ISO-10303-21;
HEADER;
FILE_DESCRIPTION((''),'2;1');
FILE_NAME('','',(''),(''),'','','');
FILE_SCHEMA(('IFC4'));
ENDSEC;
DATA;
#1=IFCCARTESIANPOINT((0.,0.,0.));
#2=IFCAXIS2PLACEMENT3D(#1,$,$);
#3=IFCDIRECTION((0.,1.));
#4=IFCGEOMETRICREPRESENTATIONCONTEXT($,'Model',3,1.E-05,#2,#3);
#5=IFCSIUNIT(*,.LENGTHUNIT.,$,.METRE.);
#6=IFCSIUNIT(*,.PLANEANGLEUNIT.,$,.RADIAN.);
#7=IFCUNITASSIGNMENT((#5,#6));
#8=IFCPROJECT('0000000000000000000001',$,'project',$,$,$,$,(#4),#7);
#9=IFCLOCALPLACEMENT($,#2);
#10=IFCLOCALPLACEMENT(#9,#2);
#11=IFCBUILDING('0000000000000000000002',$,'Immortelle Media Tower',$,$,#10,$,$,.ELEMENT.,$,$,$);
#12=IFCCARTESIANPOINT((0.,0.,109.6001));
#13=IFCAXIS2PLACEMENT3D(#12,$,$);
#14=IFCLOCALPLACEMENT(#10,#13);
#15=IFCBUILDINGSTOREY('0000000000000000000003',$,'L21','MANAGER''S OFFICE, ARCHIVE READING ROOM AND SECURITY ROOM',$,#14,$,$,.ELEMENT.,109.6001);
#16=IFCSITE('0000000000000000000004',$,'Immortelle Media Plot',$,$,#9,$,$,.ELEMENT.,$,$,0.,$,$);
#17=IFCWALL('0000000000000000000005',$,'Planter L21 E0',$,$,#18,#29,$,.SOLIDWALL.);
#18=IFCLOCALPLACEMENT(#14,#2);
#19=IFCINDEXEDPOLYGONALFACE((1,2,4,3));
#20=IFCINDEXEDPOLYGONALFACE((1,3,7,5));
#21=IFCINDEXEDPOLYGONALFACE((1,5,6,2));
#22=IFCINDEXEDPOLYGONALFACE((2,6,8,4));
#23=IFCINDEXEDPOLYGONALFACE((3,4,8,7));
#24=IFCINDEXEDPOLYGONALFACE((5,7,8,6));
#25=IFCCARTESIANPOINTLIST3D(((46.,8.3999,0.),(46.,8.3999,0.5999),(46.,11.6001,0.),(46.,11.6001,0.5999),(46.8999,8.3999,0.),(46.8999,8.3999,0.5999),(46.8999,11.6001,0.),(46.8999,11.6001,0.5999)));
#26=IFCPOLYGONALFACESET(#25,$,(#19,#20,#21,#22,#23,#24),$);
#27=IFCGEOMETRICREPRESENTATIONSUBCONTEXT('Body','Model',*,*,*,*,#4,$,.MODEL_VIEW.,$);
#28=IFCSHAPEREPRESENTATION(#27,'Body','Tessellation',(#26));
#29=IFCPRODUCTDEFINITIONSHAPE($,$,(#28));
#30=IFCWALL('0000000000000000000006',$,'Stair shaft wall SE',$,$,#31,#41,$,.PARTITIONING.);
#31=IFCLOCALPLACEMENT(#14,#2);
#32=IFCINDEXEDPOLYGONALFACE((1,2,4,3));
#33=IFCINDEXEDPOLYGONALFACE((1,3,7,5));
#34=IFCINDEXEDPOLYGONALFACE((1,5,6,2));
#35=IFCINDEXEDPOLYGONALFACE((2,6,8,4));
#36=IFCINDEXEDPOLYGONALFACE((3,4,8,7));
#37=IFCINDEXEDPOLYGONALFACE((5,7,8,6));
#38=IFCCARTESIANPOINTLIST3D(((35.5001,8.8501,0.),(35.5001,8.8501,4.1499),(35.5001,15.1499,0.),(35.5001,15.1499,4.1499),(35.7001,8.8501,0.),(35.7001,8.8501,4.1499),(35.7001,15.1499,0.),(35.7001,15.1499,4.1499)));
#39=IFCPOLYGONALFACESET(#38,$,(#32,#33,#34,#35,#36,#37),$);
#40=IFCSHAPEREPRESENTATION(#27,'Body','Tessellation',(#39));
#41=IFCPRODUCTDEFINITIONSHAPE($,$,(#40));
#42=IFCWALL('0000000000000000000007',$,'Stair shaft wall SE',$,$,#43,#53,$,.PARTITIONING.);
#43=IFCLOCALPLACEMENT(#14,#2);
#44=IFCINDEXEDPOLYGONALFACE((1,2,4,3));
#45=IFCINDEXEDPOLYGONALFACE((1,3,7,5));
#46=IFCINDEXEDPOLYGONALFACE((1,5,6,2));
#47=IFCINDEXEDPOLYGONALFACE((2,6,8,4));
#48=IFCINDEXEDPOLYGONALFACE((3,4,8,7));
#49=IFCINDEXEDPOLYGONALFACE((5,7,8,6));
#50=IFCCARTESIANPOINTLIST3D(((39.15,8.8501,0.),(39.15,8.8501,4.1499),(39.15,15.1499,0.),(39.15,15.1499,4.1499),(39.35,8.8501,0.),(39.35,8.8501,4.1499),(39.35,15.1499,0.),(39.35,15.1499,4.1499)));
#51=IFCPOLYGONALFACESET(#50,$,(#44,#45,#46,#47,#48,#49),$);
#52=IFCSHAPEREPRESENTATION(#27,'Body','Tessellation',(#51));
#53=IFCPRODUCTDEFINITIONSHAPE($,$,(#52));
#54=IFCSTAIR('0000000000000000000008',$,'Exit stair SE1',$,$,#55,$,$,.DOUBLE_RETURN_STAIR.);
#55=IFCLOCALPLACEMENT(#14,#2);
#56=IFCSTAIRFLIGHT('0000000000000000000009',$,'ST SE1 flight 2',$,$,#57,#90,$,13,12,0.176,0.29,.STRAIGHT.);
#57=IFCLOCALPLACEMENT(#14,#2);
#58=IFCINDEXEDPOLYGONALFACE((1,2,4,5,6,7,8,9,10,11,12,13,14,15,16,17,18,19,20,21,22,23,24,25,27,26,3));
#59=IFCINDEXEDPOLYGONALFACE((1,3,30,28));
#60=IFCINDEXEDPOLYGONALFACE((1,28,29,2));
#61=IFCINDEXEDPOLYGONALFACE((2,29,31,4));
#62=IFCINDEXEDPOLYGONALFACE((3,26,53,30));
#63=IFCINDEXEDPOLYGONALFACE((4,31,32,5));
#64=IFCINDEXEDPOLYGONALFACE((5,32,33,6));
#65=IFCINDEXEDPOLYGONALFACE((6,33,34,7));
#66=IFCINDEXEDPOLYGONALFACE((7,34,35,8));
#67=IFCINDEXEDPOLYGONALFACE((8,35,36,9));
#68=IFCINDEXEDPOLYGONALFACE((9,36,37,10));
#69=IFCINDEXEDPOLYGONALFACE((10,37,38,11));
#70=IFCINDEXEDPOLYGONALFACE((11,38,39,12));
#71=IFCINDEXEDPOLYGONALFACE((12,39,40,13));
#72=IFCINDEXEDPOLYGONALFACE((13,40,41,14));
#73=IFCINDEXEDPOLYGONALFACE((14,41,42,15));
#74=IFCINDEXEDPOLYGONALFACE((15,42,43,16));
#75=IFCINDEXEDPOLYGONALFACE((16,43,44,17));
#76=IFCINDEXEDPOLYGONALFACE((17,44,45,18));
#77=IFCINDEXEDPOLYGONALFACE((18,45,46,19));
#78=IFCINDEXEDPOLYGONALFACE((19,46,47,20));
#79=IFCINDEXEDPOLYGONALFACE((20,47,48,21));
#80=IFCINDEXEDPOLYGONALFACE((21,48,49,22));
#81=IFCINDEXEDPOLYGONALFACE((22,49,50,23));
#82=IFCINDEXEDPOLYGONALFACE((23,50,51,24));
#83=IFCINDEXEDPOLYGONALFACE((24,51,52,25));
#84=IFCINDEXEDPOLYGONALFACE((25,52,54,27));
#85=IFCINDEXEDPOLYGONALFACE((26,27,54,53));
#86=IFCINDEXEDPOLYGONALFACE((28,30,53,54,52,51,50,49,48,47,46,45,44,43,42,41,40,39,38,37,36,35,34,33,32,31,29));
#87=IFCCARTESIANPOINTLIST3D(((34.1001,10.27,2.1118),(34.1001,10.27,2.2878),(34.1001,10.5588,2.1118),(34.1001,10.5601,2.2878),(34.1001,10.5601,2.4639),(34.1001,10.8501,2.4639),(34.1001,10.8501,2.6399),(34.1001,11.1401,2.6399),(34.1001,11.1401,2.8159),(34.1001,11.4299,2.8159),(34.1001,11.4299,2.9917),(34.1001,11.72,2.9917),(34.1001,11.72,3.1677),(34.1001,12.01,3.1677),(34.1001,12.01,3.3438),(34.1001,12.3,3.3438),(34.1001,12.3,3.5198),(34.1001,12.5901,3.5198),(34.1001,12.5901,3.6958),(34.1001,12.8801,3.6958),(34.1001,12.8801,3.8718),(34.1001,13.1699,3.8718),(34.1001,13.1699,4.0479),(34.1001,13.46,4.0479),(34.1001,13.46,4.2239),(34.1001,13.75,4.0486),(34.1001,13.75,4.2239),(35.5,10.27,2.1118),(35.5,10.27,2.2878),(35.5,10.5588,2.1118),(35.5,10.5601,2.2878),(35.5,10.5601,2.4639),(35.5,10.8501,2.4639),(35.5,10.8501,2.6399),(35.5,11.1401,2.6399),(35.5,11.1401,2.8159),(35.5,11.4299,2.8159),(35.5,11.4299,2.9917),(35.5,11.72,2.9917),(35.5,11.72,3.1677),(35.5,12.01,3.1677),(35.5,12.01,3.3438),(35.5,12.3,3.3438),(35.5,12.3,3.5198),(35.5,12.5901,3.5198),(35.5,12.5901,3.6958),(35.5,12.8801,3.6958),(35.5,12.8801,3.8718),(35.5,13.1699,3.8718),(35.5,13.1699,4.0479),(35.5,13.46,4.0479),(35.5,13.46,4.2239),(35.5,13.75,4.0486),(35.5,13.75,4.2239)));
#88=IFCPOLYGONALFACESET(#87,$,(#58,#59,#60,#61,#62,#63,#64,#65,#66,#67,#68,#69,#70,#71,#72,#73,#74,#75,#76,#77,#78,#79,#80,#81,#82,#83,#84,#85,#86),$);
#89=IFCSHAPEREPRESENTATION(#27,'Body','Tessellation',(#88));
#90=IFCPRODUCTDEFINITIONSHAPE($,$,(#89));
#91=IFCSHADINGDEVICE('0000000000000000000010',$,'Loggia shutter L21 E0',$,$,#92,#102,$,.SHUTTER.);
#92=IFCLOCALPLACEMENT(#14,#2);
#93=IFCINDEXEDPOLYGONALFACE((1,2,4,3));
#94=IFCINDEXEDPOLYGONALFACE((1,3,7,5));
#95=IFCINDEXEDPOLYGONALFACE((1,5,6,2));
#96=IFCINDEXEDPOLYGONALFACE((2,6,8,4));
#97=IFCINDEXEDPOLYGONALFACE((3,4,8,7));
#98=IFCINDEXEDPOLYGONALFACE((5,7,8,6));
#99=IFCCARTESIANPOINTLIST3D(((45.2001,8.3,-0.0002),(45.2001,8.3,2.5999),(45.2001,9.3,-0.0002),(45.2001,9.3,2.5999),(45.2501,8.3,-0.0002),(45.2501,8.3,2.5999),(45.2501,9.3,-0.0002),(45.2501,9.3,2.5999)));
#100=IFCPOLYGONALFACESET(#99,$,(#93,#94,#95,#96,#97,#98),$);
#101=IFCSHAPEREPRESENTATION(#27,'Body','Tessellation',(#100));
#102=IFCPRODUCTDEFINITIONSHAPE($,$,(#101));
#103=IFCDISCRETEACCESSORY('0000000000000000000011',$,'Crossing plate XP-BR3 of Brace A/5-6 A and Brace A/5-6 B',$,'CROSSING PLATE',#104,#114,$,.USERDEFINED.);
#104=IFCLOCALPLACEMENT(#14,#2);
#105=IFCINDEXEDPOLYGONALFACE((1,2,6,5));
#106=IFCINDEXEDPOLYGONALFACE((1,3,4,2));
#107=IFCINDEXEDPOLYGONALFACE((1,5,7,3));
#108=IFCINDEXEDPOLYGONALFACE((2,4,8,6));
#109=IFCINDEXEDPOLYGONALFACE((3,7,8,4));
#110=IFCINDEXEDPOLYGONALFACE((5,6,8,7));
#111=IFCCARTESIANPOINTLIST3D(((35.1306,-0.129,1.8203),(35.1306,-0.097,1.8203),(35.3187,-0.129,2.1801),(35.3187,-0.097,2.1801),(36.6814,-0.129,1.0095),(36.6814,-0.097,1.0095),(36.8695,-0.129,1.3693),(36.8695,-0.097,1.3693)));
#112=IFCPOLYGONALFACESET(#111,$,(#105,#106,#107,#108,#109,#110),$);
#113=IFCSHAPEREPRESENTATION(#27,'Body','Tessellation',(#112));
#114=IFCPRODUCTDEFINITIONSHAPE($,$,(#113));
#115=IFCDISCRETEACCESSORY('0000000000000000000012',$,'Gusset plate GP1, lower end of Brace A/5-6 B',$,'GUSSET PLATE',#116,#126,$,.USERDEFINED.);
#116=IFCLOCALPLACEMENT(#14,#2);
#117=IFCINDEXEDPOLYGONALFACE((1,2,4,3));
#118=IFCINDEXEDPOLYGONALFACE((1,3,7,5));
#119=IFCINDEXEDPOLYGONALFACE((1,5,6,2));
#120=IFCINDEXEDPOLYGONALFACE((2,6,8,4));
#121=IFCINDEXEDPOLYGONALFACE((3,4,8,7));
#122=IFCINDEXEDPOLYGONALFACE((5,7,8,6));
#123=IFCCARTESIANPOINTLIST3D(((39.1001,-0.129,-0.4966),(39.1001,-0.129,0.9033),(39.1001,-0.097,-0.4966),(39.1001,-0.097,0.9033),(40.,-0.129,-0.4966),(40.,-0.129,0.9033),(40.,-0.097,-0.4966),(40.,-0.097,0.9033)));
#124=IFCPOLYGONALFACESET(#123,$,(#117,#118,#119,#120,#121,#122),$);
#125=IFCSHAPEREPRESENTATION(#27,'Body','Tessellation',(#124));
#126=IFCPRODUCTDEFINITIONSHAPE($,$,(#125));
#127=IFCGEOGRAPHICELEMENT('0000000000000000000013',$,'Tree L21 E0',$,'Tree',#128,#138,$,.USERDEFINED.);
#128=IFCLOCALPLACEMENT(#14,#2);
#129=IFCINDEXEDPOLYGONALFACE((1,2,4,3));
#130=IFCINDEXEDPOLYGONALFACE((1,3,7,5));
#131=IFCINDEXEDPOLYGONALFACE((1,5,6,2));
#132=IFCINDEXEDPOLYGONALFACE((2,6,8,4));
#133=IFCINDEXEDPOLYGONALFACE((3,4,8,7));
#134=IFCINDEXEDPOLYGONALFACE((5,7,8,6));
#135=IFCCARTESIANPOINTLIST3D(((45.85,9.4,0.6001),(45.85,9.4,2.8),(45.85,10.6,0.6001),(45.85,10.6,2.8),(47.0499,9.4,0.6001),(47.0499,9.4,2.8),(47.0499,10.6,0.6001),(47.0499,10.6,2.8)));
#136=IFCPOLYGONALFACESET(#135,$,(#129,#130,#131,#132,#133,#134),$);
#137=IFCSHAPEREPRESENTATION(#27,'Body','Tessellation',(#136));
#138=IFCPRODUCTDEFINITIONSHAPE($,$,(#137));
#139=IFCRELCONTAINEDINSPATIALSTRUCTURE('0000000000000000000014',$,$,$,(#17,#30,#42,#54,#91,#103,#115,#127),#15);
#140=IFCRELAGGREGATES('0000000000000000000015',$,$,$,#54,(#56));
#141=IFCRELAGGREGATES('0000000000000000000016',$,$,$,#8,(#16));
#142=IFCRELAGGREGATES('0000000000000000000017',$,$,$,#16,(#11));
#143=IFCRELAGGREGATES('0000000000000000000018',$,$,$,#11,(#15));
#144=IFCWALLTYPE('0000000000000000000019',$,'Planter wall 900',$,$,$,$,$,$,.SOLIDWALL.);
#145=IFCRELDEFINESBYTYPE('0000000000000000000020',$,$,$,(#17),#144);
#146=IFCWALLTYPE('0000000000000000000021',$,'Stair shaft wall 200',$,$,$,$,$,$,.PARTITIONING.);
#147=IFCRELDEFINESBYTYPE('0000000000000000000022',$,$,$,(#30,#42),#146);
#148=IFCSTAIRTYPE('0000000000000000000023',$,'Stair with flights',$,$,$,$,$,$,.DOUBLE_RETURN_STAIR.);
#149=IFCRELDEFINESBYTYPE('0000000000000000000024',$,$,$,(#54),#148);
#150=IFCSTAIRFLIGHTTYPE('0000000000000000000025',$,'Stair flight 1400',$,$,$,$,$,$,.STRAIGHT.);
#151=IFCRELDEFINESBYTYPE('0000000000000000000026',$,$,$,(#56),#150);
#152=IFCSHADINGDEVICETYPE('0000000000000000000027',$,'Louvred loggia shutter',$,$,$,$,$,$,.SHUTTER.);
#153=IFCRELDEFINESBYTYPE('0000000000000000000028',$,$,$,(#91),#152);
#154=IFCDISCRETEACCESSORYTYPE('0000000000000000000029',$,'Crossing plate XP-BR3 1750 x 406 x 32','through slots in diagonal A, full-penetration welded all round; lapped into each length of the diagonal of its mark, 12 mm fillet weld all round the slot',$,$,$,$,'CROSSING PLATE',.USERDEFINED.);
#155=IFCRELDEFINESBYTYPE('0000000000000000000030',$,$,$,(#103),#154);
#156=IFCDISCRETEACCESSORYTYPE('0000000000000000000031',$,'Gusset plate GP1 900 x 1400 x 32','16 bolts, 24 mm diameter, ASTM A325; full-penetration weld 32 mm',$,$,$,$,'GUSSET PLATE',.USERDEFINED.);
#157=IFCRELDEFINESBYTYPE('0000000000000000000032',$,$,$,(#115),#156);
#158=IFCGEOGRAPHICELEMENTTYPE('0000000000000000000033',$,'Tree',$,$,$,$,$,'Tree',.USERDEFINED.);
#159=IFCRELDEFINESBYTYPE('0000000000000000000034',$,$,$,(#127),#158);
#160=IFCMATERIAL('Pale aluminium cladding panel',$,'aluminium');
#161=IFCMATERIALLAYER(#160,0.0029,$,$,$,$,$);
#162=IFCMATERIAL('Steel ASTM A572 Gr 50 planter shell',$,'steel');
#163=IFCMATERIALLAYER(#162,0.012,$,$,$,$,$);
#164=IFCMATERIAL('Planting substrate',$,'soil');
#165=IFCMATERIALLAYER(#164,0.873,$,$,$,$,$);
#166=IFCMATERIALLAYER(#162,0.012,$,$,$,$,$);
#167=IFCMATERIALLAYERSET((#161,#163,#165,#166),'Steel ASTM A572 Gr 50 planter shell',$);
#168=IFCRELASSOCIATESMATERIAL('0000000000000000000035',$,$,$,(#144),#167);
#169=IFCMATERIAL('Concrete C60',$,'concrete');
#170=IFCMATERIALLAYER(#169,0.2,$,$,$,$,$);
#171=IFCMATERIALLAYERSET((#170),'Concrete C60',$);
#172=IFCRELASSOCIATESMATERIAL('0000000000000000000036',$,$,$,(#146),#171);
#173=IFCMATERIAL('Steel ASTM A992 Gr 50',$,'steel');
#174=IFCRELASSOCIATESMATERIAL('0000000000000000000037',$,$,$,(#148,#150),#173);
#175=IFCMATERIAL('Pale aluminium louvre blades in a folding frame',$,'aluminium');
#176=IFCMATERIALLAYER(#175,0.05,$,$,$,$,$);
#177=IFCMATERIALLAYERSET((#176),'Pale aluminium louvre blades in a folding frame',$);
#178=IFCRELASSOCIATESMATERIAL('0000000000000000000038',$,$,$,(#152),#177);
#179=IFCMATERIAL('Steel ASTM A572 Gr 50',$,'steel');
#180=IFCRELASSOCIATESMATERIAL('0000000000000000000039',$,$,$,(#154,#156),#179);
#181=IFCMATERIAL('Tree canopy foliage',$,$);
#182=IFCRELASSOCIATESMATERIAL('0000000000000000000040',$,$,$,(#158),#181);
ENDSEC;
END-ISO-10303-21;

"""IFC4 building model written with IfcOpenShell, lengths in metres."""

from ifc_helpers import new_model, si_unit, direction, frame, frame_2d, origin, origin_2d, place, context, subcontext, project, spatial, polyline, rectangle, outline, extrude, material, layer, layer_set, material_profile, profile_set, type_object, element, aggregate, save


model = new_model("IFC4")

# Units and contexts
model_context = context("Model", 3, precision=1e-05, world=origin(), true_north=direction((0.0, 1.0)))
body_context = subcontext(model_context, "Body", "Model", "MODEL_VIEW")
ifc_project = project(units=[si_unit("LENGTHUNIT", "METRE"), si_unit("PLANEANGLEUNIT", "RADIAN")], contexts=[model_context])

# Site, building, storey
site_placement = place(None, origin())
site = spatial("IfcSite", under=ifc_project, at=site_placement, Name="Immortelle Media Plot", CompositionType="ELEMENT", RefElevation=0.0)
building_placement = place(site_placement, origin())
building = spatial("IfcBuilding", under=site, at=building_placement, Name="Immortelle Media Tower", CompositionType="ELEMENT")
storey_placement = place(building_placement, frame((0.0, 0.0, 109.6001)))
storey = spatial("IfcBuildingStorey", under=building, at=storey_placement, Name="L21", Description="MANAGER'S OFFICE, ARCHIVE READING ROOM AND SECURITY ROOM", CompositionType="ELEMENT", Elevation=109.6001)

# Shared definitions
ifc_material_1 = material(Name="Steel ASTM A992 Gr 50", Category="steel")

# Shared definitions
ifc_material_2 = material(Name="Pale aluminium cladding panel", Category="aluminium")

# Walls
ifc_layer_1 = layer(ifc_material_2, 0.0029)
ifc_material_3 = material(Name="Steel ASTM A572 Gr 50 planter shell", Category="steel")
ifc_layer_2 = layer(ifc_material_3, 0.012)
ifc_material_4 = material(Name="Planting substrate", Category="soil")
ifc_layer_3 = layer(ifc_material_4, 0.873)
ifc_layer_4 = layer(ifc_material_3, 0.012)
ifc_layer_set_1 = layer_set([ifc_layer_1, ifc_layer_2, ifc_layer_3, ifc_layer_4], Name="Steel ASTM A572 Gr 50 planter shell")
wall_type_1 = type_object("IfcWallType", Name="Planter wall 900", PredefinedType="SOLIDWALL", material=ifc_layer_set_1)
wall_1_placement = place(storey_placement, frame((46.45, 8.3999, 0.0), z_axis=(0.0, 0.0, 1.0), x_axis=(0.0, 1.0, 0.0)))
element("IfcWall", 1, at=wall_1_placement, inside=storey, type_object=wall_type_1, Name="Planter L21 E0", PredefinedType="SOLIDWALL", context=body_context, shape_type="SweptSolid", body=[
    extrude(rectangle(XDim=3.2002, YDim=0.8999, at=frame_2d((1.6001, 0.0))), origin(), (0.0, 0.0, 1.0), 0.5999),
])
ifc_material_5 = material(Name="Concrete C60", Category="concrete")
ifc_layer_5 = layer(ifc_material_5, 0.2)
ifc_layer_set_2 = layer_set([ifc_layer_5], Name="Concrete C60")
wall_type_2 = type_object("IfcWallType", Name="Stair shaft wall 200", PredefinedType="PARTITIONING", material=ifc_layer_set_2)
for number, where, z_axis, x_axis, name in (
    (2, (35.6001, 8.8501, 0.0), (0.0, 0.0, 1.0), (0.0, 1.0, 0.0), "Stair shaft wall SE"),
    (3, (39.25, 8.8501, 0.0), (0.0, 0.0, 1.0), (0.0, 1.0, 0.0), "Stair shaft wall SE"),
):
    element("IfcWall", number, at=place(storey_placement, frame(where, z_axis=z_axis, x_axis=x_axis)), inside=storey, type_object=wall_type_2, Name=name, PredefinedType="PARTITIONING", context=body_context, shape_type="SweptSolid", body=[
        extrude(rectangle(XDim=6.2998, YDim=0.2, at=frame_2d((3.1499, 0.0))), origin(), (0.0, 0.0, 1.0), 4.1499),
    ])

# Stair, stair flight
stair_type = type_object("IfcStairType", Name="Stair with flights", PredefinedType="DOUBLE_RETURN_STAIR", material=ifc_material_1)
stair_placement = place(storey_placement, origin())
stair = element("IfcStair", 4, at=stair_placement, inside=storey, type_object=stair_type, Name="Exit stair SE1", PredefinedType="DOUBLE_RETURN_STAIR")
stair_flight_type = type_object("IfcStairFlightType", Name="Stair flight 1400", PredefinedType="STRAIGHT", material=ifc_material_1)
stair_flight_placement = place(storey_placement, frame((34.8, 10.27, 2.1118), z_axis=(0.0, 0.0, 1.0), x_axis=(0.0, 1.0, 0.0)))
stair_flight = element("IfcStairFlight", 5, at=stair_flight_placement, type_object=stair_flight_type, Name="ST SE1 flight 2", NumberOfRisers=13, NumberOfTreads=12, PredefinedType="STRAIGHT", RiserHeight=0.176, TreadLength=0.29, context=body_context, shape_type="SweptSolid", body=[
    extrude(outline(polyline([(0.0, 0.0), (0.0, 0.176), (0.29, 0.176), (0.29, 0.3521), (0.5801, 0.3521), (0.5801, 0.5281), (0.8701, 0.5281), (0.8701, 0.7041), (1.1599, 0.7041), (1.1599, 0.8799), (1.45, 0.8799), (1.45, 1.0559), (1.74, 1.0559), (1.74, 1.2319), (2.03, 1.2319), (2.03, 1.408), (2.3201, 1.408), (2.3201, 1.584), (2.6101, 1.584), (2.6101, 1.76), (2.8999, 1.76), (2.8999, 1.936), (3.1899, 1.936), (3.1899, 2.1121), (3.48, 2.1121), (3.48, 2.2881), (3.48, 1.9368), (0.2888, 0.0), (0.0, 0.0)])), frame((0.0, 0.7, 0.0), z_axis=(0.0, -1.0, 0.0), x_axis=(1.0, 0.0, 0.0)), (0.0, 0.0, 1.0), 1.3999),
])
aggregate(stair, [stair_flight])

# Shading device
ifc_material_6 = material(Name="Pale aluminium louvre blades in a folding frame", Category="aluminium")
ifc_layer_6 = layer(ifc_material_6, 0.05)
ifc_layer_set_3 = layer_set([ifc_layer_6], Name="Pale aluminium louvre blades in a folding frame")
shading_device_type = type_object("IfcShadingDeviceType", Name="Louvred loggia shutter", PredefinedType="SHUTTER", material=ifc_layer_set_3)
shading_device_placement = place(storey_placement, frame((45.2251, 8.8, -0.0002), z_axis=(0.0, 0.0, 1.0), x_axis=(0.0, 1.0, 0.0)))
element("IfcShadingDevice", 6, at=shading_device_placement, inside=storey, type_object=shading_device_type, Name="Loggia shutter L21 E0", PredefinedType="SHUTTER", context=body_context, shape_type="SweptSolid", body=[
    extrude(rectangle(XDim=1.0, YDim=0.05, at=origin_2d()), origin(), (0.0, 0.0, 1.0), 2.6001),
])

# Discrete accessories
ifc_material_7 = material(Name="Steel ASTM A572 Gr 50", Category="steel")
ifc_material_profile_1 = material_profile(ifc_material_7, rectangle(XDim=0.032, YDim=0.406, at=origin_2d()), Name="PL 32 x 406")
ifc_profile_set_1 = profile_set([ifc_material_profile_1], Name="Steel ASTM A572 Gr 50")
discrete_accessory_type_1 = type_object("IfcDiscreteAccessoryType", Name="Crossing plate XP-BR3 1750 x 406 x 32", Description="through slots in diagonal A, full-penetration welded all round; lapped into each length of the diagonal of its mark, 12 mm fillet weld all round the slot", ElementType="CROSSING PLATE", PredefinedType="USERDEFINED", material=ifc_profile_set_1)
discrete_accessory_1_placement = place(storey_placement, frame((35.2246, -0.113, 2.0002), z_axis=(0.886189, 0.0, -0.463324), x_axis=(0.0, 1.0, 0.0)))
element("IfcDiscreteAccessory", 7, at=discrete_accessory_1_placement, inside=storey, type_object=discrete_accessory_type_1, Name="Crossing plate XP-BR3 of Brace A/5-6 A and Brace A/5-6 B", ObjectType="CROSSING PLATE", PredefinedType="USERDEFINED", context=body_context, shape_type="SweptSolid", body=[
    extrude(rectangle(XDim=0.032, YDim=0.406, at=origin_2d()), origin(), (0.0, 0.0, 1.0), 1.75),
])
ifc_material_profile_2 = material_profile(ifc_material_7, rectangle(XDim=0.032, YDim=1.3999, at=origin_2d()), Name="PL 32 x 1400")
ifc_profile_set_2 = profile_set([ifc_material_profile_2], Name="Steel ASTM A572 Gr 50")
discrete_accessory_type_2 = type_object("IfcDiscreteAccessoryType", Name="Gusset plate GP1 900 x 1400 x 32", Description="16 bolts, 24 mm diameter, ASTM A325; full-penetration weld 32 mm", ElementType="GUSSET PLATE", PredefinedType="USERDEFINED", material=ifc_profile_set_2)
discrete_accessory_2_placement = place(storey_placement, frame((40.0, -0.113, 0.2034), z_axis=(-1.0, 0.0, 0.0), x_axis=(0.0, -1.0, 0.0)))
element("IfcDiscreteAccessory", 8, at=discrete_accessory_2_placement, inside=storey, type_object=discrete_accessory_type_2, Name="Gusset plate GP1, lower end of Brace A/5-6 B", ObjectType="GUSSET PLATE", PredefinedType="USERDEFINED", context=body_context, shape_type="SweptSolid", body=[
    extrude(rectangle(XDim=0.032, YDim=1.3999, at=origin_2d()), origin(), (0.0, 0.0, 1.0), 0.8999),
])

# Geographic element
ifc_material_8 = material(Name="Tree canopy foliage")
geographic_element_type = type_object("IfcGeographicElementType", Name="Tree", ElementType="Tree", PredefinedType="USERDEFINED", material=ifc_material_8)
geographic_element_placement = place(storey_placement, frame((46.45, 10.0, 0.6001), z_axis=(0.0, 0.0, 1.0), x_axis=(1.0, 0.0, 0.0)))
element("IfcGeographicElement", 9, at=geographic_element_placement, inside=storey, type_object=geographic_element_type, Name="Tree L21 E0", ObjectType="Tree", PredefinedType="USERDEFINED", context=body_context, shape_type="SweptSolid", body=[
    extrude(rectangle(XDim=1.2, YDim=1.2, at=origin_2d()), origin(), (0.0, 0.0, 1.0), 2.2),
])

save(model, "model.ifc")
